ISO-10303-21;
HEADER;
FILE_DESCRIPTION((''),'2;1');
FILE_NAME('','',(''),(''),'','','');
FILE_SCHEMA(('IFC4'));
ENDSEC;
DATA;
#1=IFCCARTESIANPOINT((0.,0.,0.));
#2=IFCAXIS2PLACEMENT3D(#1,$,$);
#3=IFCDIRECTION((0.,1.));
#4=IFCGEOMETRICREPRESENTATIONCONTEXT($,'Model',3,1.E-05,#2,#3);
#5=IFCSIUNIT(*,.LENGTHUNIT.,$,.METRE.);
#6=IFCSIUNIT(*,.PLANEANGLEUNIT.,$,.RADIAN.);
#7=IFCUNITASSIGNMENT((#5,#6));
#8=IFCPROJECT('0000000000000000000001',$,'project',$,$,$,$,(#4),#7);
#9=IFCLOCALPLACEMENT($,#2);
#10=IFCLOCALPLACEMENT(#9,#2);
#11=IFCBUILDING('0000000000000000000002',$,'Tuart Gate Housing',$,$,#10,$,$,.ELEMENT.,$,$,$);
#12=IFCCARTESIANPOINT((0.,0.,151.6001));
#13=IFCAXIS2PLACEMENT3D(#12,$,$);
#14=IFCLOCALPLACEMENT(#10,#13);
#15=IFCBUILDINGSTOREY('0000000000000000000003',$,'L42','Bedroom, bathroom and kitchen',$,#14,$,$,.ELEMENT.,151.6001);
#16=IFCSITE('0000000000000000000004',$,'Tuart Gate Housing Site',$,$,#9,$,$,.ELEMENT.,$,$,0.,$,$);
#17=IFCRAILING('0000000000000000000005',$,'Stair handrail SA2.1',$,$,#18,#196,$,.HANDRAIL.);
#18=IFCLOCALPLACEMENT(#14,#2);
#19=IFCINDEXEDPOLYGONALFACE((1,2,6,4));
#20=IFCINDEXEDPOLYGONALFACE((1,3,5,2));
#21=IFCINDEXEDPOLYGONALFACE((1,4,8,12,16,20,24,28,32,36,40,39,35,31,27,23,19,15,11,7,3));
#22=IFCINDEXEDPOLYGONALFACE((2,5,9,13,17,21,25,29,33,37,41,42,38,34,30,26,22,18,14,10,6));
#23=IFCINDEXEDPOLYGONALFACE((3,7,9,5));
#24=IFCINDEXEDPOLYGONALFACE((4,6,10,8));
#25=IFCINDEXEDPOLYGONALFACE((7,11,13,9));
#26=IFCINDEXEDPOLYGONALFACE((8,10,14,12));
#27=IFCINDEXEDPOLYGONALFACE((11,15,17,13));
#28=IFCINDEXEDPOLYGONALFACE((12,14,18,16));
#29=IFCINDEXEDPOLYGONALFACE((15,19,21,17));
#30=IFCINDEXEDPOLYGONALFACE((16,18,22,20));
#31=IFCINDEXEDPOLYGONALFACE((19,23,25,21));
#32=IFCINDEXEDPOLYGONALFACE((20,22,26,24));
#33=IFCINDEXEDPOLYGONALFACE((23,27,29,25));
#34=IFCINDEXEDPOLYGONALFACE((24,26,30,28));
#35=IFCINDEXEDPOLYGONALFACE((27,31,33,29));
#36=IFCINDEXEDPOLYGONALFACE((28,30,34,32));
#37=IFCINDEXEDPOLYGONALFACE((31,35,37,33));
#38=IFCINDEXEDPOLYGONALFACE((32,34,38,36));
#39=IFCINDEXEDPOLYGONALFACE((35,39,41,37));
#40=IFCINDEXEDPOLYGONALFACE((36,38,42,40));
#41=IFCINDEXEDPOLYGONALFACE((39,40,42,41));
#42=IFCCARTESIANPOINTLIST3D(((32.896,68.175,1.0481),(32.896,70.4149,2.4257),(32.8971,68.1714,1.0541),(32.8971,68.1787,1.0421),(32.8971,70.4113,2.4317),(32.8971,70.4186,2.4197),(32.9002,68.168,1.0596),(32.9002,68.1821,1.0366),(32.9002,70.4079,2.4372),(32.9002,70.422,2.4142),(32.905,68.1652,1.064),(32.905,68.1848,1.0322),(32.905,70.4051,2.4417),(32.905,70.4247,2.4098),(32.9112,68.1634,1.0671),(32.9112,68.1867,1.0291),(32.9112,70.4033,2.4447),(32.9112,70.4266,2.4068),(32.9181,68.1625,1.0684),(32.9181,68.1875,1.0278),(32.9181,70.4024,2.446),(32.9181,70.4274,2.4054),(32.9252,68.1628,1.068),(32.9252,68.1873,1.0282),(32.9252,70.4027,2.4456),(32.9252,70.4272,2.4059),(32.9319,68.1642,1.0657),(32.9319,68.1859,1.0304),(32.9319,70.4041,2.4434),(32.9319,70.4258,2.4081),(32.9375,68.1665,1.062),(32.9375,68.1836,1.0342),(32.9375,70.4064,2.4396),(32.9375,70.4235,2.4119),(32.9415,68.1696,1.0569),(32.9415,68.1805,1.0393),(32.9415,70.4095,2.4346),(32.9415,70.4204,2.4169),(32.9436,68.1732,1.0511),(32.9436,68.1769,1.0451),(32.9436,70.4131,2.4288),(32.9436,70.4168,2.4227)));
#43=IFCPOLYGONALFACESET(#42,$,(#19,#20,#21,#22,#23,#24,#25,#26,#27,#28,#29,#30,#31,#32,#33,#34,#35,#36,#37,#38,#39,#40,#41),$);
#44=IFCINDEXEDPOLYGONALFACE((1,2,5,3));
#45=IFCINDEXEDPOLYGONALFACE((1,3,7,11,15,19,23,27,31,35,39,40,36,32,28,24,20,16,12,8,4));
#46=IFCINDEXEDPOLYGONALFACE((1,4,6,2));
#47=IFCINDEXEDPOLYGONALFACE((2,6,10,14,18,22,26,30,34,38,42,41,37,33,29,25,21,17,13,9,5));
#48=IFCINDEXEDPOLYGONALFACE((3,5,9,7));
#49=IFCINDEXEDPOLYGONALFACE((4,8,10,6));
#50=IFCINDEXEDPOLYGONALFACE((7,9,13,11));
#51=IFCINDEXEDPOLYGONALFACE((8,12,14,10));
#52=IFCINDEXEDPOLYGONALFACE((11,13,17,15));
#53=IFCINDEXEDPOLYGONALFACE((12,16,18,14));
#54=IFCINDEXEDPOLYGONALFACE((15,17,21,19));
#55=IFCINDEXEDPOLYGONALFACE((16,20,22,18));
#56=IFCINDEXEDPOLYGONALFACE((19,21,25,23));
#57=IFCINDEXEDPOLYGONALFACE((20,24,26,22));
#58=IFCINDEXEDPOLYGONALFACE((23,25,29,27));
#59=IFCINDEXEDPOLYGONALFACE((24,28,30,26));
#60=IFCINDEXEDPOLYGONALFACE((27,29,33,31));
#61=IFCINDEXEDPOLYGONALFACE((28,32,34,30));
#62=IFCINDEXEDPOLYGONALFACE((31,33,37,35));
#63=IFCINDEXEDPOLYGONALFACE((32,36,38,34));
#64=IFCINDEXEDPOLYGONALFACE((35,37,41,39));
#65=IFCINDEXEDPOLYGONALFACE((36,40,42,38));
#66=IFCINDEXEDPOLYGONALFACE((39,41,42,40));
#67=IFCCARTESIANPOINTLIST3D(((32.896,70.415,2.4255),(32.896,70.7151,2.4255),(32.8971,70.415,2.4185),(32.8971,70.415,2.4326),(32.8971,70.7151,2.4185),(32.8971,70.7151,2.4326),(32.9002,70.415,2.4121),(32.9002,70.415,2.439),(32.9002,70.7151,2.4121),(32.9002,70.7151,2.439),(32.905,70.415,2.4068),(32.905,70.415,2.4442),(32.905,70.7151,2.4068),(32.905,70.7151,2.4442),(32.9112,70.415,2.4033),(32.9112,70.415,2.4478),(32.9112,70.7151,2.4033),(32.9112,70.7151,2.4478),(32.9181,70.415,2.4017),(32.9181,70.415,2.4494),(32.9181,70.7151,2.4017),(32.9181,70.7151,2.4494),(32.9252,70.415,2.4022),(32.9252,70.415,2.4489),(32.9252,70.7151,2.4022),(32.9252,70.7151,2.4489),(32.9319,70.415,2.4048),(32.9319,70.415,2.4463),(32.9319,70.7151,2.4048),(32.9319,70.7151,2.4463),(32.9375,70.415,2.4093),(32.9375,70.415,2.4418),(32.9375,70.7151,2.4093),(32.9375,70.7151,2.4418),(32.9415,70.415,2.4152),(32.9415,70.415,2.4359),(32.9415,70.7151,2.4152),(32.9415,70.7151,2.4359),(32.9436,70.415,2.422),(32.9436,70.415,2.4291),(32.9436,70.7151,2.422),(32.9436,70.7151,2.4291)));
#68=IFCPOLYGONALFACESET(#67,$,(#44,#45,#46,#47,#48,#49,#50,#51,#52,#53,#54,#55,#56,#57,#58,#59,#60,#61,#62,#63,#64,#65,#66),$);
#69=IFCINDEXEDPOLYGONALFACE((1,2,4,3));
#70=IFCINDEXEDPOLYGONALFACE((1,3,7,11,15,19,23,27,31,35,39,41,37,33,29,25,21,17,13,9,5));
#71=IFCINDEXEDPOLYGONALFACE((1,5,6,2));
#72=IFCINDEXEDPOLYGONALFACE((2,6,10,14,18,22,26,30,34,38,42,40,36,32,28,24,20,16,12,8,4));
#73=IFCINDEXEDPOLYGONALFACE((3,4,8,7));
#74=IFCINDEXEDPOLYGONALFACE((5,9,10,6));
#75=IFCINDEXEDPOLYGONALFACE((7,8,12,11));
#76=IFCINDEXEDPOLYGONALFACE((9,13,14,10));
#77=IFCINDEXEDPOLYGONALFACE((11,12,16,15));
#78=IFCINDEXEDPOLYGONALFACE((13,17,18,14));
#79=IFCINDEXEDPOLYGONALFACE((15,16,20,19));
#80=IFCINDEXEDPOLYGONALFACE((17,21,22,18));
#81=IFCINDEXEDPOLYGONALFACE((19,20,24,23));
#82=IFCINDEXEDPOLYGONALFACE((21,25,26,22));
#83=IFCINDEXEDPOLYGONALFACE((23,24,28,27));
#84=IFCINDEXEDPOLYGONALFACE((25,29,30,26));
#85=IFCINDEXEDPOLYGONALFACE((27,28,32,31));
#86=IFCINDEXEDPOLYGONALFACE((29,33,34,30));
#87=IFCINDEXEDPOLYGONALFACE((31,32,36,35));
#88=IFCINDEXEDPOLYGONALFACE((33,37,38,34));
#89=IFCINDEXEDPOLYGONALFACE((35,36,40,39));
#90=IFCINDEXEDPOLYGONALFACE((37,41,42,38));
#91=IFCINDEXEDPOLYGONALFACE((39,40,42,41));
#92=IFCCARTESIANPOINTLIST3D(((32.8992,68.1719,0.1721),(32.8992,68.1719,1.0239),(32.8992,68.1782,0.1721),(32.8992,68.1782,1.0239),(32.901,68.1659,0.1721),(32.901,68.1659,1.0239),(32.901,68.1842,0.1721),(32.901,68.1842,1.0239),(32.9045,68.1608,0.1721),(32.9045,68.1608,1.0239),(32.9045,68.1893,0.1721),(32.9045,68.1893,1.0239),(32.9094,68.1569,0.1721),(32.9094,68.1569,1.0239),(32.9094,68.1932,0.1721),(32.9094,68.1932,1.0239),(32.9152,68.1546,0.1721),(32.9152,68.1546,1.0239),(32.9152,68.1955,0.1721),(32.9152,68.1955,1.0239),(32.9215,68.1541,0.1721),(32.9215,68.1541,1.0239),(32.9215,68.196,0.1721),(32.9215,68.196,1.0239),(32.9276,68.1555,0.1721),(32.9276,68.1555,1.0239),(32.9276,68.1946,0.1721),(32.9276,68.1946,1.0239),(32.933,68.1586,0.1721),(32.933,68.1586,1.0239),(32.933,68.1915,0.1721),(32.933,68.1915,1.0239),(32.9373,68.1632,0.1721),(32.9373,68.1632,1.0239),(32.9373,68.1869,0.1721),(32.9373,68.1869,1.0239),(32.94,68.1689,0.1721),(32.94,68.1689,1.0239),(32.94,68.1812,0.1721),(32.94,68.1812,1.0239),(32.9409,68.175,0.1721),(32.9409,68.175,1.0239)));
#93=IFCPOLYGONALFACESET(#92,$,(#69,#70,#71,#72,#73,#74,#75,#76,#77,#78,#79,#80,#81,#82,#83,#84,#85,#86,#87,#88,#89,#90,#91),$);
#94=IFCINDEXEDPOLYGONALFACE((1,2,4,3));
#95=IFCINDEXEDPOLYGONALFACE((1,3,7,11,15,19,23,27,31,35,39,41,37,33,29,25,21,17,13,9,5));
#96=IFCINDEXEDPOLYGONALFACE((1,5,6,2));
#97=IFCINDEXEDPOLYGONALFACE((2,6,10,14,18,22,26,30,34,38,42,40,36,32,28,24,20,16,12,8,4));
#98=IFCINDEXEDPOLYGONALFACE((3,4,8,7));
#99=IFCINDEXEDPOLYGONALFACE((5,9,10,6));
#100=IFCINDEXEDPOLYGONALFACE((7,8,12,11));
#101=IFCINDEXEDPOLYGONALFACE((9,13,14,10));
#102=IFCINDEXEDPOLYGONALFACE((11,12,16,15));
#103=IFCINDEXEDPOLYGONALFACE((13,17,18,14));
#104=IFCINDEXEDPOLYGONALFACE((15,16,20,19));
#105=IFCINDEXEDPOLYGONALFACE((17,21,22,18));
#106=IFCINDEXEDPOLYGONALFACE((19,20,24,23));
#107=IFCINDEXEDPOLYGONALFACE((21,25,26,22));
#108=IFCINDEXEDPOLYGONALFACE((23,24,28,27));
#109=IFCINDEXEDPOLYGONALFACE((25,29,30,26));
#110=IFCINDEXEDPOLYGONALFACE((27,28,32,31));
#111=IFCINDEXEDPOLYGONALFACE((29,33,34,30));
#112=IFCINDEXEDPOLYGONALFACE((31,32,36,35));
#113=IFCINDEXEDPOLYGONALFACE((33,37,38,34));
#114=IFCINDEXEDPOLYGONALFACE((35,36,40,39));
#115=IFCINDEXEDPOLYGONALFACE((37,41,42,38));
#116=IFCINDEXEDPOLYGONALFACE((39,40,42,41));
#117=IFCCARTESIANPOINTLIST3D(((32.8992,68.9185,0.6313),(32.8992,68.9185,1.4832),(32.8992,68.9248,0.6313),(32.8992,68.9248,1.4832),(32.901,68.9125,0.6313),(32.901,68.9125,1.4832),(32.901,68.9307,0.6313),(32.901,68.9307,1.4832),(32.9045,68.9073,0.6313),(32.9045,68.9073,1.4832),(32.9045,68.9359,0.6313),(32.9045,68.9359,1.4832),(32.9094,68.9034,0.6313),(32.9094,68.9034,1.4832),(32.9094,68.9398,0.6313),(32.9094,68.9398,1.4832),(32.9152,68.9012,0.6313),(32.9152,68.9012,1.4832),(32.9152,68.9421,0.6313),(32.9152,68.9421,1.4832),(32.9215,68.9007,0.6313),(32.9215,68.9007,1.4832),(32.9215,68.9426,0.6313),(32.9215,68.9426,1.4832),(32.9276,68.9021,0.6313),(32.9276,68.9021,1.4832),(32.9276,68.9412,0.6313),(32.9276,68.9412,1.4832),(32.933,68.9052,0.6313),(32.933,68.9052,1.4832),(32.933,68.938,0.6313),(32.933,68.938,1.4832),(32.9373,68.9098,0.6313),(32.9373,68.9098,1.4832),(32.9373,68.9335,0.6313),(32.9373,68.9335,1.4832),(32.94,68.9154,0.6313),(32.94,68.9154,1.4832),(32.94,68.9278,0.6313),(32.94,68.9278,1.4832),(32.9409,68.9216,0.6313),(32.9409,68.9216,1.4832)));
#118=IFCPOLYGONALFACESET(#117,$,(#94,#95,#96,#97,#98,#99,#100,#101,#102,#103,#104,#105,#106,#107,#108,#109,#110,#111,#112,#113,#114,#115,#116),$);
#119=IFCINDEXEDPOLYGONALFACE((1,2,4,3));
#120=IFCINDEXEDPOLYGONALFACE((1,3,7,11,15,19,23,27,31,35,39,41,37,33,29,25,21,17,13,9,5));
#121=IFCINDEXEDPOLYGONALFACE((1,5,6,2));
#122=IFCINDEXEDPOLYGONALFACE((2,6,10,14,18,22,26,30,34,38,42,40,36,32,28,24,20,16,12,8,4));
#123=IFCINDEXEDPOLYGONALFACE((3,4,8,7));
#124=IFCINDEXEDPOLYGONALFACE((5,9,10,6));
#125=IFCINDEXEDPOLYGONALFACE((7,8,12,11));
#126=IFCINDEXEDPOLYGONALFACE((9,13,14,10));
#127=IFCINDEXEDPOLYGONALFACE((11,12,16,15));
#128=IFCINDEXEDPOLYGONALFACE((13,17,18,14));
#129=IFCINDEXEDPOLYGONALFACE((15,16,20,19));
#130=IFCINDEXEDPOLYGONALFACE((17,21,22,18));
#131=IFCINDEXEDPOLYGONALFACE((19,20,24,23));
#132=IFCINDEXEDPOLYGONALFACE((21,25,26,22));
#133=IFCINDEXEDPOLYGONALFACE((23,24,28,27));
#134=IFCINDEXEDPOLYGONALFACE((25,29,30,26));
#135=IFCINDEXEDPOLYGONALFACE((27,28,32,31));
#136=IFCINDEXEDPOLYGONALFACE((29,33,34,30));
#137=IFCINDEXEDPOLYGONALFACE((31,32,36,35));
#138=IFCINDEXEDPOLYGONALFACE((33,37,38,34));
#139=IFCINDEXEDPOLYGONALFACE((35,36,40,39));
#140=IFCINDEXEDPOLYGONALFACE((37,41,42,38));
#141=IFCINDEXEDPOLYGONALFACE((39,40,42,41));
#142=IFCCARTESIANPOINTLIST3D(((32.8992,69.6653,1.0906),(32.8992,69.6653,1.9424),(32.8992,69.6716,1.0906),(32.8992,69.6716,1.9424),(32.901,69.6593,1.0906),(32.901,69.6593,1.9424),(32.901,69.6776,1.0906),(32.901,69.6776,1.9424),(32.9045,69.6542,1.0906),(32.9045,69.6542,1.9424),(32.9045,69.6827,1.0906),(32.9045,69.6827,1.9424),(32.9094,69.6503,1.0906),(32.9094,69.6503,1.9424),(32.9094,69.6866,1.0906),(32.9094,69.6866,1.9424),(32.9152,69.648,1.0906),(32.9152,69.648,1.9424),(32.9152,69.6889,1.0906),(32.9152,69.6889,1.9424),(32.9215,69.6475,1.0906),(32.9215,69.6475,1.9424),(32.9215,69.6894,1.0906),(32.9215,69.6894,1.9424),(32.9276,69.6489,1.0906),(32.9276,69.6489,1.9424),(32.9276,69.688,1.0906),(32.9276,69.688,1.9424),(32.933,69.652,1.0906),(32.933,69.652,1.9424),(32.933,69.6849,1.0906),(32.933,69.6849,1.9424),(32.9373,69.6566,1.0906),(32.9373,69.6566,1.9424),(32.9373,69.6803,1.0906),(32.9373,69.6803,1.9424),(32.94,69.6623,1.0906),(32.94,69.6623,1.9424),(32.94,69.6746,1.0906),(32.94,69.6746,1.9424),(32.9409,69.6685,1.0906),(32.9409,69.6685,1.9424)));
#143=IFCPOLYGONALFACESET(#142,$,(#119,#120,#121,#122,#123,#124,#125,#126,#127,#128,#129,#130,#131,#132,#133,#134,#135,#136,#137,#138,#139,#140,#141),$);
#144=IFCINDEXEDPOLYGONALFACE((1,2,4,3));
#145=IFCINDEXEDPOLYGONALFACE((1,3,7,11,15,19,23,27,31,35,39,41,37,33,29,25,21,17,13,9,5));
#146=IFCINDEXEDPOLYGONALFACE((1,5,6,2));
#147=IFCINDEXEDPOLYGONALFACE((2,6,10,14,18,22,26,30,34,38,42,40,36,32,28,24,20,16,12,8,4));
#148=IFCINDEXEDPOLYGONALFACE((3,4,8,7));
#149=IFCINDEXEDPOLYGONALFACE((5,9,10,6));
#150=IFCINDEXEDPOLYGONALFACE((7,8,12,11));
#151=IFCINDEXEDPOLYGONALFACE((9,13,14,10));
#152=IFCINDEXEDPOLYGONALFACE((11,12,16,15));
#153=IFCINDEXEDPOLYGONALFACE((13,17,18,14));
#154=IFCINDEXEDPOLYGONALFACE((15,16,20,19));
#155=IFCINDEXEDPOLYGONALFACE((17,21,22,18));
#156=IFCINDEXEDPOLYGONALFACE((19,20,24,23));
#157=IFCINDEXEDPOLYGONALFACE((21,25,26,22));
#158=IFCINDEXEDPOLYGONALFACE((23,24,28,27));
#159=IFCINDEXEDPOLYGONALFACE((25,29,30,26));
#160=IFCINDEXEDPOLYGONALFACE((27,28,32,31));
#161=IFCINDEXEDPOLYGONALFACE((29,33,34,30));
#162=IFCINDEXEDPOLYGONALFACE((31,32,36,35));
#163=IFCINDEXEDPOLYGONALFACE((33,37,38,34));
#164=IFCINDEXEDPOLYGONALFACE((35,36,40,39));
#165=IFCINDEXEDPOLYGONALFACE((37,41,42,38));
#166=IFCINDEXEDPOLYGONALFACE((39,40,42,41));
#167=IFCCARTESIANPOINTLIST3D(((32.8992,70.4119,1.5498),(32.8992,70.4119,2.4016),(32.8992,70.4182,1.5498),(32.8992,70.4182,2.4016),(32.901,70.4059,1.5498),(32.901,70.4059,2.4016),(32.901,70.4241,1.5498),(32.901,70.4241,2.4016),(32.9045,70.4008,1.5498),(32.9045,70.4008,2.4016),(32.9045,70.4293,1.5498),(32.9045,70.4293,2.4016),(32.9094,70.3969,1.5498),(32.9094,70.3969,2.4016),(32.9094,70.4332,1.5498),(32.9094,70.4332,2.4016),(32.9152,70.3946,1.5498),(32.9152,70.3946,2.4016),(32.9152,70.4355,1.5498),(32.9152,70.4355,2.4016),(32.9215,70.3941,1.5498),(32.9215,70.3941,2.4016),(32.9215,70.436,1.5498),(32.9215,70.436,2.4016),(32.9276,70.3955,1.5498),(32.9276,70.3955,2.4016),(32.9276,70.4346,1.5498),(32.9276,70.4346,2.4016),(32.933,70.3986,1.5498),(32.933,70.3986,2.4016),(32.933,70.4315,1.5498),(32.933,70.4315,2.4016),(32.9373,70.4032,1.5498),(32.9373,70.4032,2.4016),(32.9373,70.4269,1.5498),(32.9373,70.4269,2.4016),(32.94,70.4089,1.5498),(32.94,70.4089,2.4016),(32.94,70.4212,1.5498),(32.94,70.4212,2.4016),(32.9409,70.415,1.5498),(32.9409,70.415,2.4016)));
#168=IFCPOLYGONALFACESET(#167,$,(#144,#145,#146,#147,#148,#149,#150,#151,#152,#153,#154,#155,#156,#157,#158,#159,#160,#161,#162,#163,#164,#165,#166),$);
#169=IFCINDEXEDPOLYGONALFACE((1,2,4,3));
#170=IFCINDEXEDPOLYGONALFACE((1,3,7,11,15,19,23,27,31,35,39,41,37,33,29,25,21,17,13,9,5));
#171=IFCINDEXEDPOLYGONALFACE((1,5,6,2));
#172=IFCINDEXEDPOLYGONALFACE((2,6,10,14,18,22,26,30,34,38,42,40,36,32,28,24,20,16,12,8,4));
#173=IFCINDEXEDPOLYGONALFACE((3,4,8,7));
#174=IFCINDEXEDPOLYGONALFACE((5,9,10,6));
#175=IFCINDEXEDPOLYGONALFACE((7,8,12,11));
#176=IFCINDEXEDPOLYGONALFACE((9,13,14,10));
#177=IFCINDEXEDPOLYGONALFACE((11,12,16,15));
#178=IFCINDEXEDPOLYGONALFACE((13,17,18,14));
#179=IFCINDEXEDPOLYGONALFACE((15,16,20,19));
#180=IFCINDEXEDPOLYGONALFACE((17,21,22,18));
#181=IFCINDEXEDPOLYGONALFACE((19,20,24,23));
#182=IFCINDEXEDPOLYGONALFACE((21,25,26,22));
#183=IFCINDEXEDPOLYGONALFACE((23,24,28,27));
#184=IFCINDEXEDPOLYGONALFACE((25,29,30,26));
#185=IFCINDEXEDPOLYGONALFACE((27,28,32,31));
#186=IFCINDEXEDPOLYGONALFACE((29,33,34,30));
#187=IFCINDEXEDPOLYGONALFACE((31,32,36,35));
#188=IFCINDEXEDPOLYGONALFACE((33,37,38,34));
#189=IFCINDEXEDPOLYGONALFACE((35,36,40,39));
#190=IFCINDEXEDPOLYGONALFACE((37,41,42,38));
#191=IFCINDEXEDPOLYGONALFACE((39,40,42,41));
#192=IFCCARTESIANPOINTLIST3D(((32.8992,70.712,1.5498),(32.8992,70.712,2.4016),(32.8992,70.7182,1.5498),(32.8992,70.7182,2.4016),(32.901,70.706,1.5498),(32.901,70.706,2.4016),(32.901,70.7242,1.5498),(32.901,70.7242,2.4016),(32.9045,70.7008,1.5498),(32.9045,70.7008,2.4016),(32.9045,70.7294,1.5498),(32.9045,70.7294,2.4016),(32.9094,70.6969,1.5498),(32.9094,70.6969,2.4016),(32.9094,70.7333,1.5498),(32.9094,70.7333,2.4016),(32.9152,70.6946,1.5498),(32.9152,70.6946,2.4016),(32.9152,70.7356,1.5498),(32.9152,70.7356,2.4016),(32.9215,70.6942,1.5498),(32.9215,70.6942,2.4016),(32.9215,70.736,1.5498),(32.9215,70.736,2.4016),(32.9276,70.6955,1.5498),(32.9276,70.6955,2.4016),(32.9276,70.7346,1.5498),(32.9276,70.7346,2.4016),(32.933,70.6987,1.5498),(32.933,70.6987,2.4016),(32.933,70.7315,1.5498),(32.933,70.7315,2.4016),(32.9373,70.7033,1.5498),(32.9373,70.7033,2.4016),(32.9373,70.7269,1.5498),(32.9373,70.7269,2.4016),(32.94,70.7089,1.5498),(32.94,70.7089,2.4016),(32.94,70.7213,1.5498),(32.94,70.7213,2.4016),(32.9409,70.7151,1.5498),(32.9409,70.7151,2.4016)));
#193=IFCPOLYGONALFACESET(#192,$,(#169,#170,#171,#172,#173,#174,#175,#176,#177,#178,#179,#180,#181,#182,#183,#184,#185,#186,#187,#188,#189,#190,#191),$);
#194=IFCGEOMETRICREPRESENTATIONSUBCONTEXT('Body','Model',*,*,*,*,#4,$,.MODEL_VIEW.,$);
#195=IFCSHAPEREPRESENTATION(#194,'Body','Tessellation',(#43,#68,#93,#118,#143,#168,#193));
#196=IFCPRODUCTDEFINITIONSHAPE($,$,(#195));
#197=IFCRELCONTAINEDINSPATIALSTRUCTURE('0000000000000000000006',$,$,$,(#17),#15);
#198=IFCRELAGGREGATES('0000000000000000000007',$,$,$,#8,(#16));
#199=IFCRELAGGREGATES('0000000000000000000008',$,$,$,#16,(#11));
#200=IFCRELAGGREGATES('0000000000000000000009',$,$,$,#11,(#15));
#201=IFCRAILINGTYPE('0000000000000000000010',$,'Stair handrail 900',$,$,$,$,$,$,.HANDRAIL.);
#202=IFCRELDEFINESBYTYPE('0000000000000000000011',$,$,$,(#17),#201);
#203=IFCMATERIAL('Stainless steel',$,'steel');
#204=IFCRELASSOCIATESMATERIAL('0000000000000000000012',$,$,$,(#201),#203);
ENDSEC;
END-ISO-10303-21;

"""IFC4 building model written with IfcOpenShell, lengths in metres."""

from ifc_helpers import new_model, si_unit, direction, frame, origin, origin_2d, place, context, subcontext, project, spatial, circle, extrude, material, type_object, element, save


model = new_model("IFC4")

# Units and contexts
model_context = context("Model", 3, precision=1e-05, world=origin(), true_north=direction((0.0, 1.0)))
body_context = subcontext(model_context, "Body", "Model", "MODEL_VIEW")
ifc_project = project(units=[si_unit("LENGTHUNIT", "METRE"), si_unit("PLANEANGLEUNIT", "RADIAN")], contexts=[model_context])

# Site, building, storey
site_placement = place(None, origin())
site = spatial("IfcSite", under=ifc_project, at=site_placement, Name="Tuart Gate Housing Site", CompositionType="ELEMENT", RefElevation=0.0)
building_placement = place(site_placement, origin())
building = spatial("IfcBuilding", under=site, at=building_placement, Name="Tuart Gate Housing", CompositionType="ELEMENT")
storey_placement = place(building_placement, frame((0.0, 0.0, 151.6001)))
storey = spatial("IfcBuildingStorey", under=building, at=storey_placement, Name="L42", Description="Bedroom, bathroom and kitchen", CompositionType="ELEMENT", Elevation=151.6001)

# Railing
ifc_material_1 = material(Name="Stainless steel", Category="steel")
railing_type = type_object("IfcRailingType", Name="Stair handrail 900", PredefinedType="HANDRAIL", material=ifc_material_1)
railing_placement = place(storey_placement, frame((32.9199, 68.175, 0.1721)))
element("IfcRailing", 1, at=railing_placement, inside=storey, type_object=railing_type, Name="Stair handrail SA2.1", PredefinedType="HANDRAIL", context=body_context, shape_type="SweptSolid", body=[
    extrude(circle(Radius=0.0239, at=origin_2d()), frame((0.0, 0.0, 0.876), z_axis=(0.0, 0.851789, 0.523885), x_axis=(-1.0, 0.0, 0.0)), (0.0, 0.0, 1.0), 2.6296),
    extrude(circle(Radius=0.0239, at=origin_2d()), frame((0.0, 2.24, 2.2534), z_axis=(0.0, 1.0, 0.0), x_axis=(-1.0, 0.0, 0.0)), (0.0, 0.0, 1.0), 0.3),
    extrude(circle(Radius=0.021, at=origin_2d()), origin(), (0.0, 0.0, 1.0), 0.8518),
    extrude(circle(Radius=0.021, at=origin_2d()), frame((0.0, 0.7466, 0.4592)), (0.0, 0.0, 1.0), 0.8518),
    extrude(circle(Radius=0.021, at=origin_2d()), frame((0.0, 1.4934, 0.9185)), (0.0, 0.0, 1.0), 0.8518),
    extrude(circle(Radius=0.021, at=origin_2d()), frame((0.0, 2.24, 1.3777)), (0.0, 0.0, 1.0), 0.8518),
    extrude(circle(Radius=0.021, at=origin_2d()), frame((0.0, 2.54, 1.3777)), (0.0, 0.0, 1.0), 0.8518),
])

save(model, "model.ifc")
